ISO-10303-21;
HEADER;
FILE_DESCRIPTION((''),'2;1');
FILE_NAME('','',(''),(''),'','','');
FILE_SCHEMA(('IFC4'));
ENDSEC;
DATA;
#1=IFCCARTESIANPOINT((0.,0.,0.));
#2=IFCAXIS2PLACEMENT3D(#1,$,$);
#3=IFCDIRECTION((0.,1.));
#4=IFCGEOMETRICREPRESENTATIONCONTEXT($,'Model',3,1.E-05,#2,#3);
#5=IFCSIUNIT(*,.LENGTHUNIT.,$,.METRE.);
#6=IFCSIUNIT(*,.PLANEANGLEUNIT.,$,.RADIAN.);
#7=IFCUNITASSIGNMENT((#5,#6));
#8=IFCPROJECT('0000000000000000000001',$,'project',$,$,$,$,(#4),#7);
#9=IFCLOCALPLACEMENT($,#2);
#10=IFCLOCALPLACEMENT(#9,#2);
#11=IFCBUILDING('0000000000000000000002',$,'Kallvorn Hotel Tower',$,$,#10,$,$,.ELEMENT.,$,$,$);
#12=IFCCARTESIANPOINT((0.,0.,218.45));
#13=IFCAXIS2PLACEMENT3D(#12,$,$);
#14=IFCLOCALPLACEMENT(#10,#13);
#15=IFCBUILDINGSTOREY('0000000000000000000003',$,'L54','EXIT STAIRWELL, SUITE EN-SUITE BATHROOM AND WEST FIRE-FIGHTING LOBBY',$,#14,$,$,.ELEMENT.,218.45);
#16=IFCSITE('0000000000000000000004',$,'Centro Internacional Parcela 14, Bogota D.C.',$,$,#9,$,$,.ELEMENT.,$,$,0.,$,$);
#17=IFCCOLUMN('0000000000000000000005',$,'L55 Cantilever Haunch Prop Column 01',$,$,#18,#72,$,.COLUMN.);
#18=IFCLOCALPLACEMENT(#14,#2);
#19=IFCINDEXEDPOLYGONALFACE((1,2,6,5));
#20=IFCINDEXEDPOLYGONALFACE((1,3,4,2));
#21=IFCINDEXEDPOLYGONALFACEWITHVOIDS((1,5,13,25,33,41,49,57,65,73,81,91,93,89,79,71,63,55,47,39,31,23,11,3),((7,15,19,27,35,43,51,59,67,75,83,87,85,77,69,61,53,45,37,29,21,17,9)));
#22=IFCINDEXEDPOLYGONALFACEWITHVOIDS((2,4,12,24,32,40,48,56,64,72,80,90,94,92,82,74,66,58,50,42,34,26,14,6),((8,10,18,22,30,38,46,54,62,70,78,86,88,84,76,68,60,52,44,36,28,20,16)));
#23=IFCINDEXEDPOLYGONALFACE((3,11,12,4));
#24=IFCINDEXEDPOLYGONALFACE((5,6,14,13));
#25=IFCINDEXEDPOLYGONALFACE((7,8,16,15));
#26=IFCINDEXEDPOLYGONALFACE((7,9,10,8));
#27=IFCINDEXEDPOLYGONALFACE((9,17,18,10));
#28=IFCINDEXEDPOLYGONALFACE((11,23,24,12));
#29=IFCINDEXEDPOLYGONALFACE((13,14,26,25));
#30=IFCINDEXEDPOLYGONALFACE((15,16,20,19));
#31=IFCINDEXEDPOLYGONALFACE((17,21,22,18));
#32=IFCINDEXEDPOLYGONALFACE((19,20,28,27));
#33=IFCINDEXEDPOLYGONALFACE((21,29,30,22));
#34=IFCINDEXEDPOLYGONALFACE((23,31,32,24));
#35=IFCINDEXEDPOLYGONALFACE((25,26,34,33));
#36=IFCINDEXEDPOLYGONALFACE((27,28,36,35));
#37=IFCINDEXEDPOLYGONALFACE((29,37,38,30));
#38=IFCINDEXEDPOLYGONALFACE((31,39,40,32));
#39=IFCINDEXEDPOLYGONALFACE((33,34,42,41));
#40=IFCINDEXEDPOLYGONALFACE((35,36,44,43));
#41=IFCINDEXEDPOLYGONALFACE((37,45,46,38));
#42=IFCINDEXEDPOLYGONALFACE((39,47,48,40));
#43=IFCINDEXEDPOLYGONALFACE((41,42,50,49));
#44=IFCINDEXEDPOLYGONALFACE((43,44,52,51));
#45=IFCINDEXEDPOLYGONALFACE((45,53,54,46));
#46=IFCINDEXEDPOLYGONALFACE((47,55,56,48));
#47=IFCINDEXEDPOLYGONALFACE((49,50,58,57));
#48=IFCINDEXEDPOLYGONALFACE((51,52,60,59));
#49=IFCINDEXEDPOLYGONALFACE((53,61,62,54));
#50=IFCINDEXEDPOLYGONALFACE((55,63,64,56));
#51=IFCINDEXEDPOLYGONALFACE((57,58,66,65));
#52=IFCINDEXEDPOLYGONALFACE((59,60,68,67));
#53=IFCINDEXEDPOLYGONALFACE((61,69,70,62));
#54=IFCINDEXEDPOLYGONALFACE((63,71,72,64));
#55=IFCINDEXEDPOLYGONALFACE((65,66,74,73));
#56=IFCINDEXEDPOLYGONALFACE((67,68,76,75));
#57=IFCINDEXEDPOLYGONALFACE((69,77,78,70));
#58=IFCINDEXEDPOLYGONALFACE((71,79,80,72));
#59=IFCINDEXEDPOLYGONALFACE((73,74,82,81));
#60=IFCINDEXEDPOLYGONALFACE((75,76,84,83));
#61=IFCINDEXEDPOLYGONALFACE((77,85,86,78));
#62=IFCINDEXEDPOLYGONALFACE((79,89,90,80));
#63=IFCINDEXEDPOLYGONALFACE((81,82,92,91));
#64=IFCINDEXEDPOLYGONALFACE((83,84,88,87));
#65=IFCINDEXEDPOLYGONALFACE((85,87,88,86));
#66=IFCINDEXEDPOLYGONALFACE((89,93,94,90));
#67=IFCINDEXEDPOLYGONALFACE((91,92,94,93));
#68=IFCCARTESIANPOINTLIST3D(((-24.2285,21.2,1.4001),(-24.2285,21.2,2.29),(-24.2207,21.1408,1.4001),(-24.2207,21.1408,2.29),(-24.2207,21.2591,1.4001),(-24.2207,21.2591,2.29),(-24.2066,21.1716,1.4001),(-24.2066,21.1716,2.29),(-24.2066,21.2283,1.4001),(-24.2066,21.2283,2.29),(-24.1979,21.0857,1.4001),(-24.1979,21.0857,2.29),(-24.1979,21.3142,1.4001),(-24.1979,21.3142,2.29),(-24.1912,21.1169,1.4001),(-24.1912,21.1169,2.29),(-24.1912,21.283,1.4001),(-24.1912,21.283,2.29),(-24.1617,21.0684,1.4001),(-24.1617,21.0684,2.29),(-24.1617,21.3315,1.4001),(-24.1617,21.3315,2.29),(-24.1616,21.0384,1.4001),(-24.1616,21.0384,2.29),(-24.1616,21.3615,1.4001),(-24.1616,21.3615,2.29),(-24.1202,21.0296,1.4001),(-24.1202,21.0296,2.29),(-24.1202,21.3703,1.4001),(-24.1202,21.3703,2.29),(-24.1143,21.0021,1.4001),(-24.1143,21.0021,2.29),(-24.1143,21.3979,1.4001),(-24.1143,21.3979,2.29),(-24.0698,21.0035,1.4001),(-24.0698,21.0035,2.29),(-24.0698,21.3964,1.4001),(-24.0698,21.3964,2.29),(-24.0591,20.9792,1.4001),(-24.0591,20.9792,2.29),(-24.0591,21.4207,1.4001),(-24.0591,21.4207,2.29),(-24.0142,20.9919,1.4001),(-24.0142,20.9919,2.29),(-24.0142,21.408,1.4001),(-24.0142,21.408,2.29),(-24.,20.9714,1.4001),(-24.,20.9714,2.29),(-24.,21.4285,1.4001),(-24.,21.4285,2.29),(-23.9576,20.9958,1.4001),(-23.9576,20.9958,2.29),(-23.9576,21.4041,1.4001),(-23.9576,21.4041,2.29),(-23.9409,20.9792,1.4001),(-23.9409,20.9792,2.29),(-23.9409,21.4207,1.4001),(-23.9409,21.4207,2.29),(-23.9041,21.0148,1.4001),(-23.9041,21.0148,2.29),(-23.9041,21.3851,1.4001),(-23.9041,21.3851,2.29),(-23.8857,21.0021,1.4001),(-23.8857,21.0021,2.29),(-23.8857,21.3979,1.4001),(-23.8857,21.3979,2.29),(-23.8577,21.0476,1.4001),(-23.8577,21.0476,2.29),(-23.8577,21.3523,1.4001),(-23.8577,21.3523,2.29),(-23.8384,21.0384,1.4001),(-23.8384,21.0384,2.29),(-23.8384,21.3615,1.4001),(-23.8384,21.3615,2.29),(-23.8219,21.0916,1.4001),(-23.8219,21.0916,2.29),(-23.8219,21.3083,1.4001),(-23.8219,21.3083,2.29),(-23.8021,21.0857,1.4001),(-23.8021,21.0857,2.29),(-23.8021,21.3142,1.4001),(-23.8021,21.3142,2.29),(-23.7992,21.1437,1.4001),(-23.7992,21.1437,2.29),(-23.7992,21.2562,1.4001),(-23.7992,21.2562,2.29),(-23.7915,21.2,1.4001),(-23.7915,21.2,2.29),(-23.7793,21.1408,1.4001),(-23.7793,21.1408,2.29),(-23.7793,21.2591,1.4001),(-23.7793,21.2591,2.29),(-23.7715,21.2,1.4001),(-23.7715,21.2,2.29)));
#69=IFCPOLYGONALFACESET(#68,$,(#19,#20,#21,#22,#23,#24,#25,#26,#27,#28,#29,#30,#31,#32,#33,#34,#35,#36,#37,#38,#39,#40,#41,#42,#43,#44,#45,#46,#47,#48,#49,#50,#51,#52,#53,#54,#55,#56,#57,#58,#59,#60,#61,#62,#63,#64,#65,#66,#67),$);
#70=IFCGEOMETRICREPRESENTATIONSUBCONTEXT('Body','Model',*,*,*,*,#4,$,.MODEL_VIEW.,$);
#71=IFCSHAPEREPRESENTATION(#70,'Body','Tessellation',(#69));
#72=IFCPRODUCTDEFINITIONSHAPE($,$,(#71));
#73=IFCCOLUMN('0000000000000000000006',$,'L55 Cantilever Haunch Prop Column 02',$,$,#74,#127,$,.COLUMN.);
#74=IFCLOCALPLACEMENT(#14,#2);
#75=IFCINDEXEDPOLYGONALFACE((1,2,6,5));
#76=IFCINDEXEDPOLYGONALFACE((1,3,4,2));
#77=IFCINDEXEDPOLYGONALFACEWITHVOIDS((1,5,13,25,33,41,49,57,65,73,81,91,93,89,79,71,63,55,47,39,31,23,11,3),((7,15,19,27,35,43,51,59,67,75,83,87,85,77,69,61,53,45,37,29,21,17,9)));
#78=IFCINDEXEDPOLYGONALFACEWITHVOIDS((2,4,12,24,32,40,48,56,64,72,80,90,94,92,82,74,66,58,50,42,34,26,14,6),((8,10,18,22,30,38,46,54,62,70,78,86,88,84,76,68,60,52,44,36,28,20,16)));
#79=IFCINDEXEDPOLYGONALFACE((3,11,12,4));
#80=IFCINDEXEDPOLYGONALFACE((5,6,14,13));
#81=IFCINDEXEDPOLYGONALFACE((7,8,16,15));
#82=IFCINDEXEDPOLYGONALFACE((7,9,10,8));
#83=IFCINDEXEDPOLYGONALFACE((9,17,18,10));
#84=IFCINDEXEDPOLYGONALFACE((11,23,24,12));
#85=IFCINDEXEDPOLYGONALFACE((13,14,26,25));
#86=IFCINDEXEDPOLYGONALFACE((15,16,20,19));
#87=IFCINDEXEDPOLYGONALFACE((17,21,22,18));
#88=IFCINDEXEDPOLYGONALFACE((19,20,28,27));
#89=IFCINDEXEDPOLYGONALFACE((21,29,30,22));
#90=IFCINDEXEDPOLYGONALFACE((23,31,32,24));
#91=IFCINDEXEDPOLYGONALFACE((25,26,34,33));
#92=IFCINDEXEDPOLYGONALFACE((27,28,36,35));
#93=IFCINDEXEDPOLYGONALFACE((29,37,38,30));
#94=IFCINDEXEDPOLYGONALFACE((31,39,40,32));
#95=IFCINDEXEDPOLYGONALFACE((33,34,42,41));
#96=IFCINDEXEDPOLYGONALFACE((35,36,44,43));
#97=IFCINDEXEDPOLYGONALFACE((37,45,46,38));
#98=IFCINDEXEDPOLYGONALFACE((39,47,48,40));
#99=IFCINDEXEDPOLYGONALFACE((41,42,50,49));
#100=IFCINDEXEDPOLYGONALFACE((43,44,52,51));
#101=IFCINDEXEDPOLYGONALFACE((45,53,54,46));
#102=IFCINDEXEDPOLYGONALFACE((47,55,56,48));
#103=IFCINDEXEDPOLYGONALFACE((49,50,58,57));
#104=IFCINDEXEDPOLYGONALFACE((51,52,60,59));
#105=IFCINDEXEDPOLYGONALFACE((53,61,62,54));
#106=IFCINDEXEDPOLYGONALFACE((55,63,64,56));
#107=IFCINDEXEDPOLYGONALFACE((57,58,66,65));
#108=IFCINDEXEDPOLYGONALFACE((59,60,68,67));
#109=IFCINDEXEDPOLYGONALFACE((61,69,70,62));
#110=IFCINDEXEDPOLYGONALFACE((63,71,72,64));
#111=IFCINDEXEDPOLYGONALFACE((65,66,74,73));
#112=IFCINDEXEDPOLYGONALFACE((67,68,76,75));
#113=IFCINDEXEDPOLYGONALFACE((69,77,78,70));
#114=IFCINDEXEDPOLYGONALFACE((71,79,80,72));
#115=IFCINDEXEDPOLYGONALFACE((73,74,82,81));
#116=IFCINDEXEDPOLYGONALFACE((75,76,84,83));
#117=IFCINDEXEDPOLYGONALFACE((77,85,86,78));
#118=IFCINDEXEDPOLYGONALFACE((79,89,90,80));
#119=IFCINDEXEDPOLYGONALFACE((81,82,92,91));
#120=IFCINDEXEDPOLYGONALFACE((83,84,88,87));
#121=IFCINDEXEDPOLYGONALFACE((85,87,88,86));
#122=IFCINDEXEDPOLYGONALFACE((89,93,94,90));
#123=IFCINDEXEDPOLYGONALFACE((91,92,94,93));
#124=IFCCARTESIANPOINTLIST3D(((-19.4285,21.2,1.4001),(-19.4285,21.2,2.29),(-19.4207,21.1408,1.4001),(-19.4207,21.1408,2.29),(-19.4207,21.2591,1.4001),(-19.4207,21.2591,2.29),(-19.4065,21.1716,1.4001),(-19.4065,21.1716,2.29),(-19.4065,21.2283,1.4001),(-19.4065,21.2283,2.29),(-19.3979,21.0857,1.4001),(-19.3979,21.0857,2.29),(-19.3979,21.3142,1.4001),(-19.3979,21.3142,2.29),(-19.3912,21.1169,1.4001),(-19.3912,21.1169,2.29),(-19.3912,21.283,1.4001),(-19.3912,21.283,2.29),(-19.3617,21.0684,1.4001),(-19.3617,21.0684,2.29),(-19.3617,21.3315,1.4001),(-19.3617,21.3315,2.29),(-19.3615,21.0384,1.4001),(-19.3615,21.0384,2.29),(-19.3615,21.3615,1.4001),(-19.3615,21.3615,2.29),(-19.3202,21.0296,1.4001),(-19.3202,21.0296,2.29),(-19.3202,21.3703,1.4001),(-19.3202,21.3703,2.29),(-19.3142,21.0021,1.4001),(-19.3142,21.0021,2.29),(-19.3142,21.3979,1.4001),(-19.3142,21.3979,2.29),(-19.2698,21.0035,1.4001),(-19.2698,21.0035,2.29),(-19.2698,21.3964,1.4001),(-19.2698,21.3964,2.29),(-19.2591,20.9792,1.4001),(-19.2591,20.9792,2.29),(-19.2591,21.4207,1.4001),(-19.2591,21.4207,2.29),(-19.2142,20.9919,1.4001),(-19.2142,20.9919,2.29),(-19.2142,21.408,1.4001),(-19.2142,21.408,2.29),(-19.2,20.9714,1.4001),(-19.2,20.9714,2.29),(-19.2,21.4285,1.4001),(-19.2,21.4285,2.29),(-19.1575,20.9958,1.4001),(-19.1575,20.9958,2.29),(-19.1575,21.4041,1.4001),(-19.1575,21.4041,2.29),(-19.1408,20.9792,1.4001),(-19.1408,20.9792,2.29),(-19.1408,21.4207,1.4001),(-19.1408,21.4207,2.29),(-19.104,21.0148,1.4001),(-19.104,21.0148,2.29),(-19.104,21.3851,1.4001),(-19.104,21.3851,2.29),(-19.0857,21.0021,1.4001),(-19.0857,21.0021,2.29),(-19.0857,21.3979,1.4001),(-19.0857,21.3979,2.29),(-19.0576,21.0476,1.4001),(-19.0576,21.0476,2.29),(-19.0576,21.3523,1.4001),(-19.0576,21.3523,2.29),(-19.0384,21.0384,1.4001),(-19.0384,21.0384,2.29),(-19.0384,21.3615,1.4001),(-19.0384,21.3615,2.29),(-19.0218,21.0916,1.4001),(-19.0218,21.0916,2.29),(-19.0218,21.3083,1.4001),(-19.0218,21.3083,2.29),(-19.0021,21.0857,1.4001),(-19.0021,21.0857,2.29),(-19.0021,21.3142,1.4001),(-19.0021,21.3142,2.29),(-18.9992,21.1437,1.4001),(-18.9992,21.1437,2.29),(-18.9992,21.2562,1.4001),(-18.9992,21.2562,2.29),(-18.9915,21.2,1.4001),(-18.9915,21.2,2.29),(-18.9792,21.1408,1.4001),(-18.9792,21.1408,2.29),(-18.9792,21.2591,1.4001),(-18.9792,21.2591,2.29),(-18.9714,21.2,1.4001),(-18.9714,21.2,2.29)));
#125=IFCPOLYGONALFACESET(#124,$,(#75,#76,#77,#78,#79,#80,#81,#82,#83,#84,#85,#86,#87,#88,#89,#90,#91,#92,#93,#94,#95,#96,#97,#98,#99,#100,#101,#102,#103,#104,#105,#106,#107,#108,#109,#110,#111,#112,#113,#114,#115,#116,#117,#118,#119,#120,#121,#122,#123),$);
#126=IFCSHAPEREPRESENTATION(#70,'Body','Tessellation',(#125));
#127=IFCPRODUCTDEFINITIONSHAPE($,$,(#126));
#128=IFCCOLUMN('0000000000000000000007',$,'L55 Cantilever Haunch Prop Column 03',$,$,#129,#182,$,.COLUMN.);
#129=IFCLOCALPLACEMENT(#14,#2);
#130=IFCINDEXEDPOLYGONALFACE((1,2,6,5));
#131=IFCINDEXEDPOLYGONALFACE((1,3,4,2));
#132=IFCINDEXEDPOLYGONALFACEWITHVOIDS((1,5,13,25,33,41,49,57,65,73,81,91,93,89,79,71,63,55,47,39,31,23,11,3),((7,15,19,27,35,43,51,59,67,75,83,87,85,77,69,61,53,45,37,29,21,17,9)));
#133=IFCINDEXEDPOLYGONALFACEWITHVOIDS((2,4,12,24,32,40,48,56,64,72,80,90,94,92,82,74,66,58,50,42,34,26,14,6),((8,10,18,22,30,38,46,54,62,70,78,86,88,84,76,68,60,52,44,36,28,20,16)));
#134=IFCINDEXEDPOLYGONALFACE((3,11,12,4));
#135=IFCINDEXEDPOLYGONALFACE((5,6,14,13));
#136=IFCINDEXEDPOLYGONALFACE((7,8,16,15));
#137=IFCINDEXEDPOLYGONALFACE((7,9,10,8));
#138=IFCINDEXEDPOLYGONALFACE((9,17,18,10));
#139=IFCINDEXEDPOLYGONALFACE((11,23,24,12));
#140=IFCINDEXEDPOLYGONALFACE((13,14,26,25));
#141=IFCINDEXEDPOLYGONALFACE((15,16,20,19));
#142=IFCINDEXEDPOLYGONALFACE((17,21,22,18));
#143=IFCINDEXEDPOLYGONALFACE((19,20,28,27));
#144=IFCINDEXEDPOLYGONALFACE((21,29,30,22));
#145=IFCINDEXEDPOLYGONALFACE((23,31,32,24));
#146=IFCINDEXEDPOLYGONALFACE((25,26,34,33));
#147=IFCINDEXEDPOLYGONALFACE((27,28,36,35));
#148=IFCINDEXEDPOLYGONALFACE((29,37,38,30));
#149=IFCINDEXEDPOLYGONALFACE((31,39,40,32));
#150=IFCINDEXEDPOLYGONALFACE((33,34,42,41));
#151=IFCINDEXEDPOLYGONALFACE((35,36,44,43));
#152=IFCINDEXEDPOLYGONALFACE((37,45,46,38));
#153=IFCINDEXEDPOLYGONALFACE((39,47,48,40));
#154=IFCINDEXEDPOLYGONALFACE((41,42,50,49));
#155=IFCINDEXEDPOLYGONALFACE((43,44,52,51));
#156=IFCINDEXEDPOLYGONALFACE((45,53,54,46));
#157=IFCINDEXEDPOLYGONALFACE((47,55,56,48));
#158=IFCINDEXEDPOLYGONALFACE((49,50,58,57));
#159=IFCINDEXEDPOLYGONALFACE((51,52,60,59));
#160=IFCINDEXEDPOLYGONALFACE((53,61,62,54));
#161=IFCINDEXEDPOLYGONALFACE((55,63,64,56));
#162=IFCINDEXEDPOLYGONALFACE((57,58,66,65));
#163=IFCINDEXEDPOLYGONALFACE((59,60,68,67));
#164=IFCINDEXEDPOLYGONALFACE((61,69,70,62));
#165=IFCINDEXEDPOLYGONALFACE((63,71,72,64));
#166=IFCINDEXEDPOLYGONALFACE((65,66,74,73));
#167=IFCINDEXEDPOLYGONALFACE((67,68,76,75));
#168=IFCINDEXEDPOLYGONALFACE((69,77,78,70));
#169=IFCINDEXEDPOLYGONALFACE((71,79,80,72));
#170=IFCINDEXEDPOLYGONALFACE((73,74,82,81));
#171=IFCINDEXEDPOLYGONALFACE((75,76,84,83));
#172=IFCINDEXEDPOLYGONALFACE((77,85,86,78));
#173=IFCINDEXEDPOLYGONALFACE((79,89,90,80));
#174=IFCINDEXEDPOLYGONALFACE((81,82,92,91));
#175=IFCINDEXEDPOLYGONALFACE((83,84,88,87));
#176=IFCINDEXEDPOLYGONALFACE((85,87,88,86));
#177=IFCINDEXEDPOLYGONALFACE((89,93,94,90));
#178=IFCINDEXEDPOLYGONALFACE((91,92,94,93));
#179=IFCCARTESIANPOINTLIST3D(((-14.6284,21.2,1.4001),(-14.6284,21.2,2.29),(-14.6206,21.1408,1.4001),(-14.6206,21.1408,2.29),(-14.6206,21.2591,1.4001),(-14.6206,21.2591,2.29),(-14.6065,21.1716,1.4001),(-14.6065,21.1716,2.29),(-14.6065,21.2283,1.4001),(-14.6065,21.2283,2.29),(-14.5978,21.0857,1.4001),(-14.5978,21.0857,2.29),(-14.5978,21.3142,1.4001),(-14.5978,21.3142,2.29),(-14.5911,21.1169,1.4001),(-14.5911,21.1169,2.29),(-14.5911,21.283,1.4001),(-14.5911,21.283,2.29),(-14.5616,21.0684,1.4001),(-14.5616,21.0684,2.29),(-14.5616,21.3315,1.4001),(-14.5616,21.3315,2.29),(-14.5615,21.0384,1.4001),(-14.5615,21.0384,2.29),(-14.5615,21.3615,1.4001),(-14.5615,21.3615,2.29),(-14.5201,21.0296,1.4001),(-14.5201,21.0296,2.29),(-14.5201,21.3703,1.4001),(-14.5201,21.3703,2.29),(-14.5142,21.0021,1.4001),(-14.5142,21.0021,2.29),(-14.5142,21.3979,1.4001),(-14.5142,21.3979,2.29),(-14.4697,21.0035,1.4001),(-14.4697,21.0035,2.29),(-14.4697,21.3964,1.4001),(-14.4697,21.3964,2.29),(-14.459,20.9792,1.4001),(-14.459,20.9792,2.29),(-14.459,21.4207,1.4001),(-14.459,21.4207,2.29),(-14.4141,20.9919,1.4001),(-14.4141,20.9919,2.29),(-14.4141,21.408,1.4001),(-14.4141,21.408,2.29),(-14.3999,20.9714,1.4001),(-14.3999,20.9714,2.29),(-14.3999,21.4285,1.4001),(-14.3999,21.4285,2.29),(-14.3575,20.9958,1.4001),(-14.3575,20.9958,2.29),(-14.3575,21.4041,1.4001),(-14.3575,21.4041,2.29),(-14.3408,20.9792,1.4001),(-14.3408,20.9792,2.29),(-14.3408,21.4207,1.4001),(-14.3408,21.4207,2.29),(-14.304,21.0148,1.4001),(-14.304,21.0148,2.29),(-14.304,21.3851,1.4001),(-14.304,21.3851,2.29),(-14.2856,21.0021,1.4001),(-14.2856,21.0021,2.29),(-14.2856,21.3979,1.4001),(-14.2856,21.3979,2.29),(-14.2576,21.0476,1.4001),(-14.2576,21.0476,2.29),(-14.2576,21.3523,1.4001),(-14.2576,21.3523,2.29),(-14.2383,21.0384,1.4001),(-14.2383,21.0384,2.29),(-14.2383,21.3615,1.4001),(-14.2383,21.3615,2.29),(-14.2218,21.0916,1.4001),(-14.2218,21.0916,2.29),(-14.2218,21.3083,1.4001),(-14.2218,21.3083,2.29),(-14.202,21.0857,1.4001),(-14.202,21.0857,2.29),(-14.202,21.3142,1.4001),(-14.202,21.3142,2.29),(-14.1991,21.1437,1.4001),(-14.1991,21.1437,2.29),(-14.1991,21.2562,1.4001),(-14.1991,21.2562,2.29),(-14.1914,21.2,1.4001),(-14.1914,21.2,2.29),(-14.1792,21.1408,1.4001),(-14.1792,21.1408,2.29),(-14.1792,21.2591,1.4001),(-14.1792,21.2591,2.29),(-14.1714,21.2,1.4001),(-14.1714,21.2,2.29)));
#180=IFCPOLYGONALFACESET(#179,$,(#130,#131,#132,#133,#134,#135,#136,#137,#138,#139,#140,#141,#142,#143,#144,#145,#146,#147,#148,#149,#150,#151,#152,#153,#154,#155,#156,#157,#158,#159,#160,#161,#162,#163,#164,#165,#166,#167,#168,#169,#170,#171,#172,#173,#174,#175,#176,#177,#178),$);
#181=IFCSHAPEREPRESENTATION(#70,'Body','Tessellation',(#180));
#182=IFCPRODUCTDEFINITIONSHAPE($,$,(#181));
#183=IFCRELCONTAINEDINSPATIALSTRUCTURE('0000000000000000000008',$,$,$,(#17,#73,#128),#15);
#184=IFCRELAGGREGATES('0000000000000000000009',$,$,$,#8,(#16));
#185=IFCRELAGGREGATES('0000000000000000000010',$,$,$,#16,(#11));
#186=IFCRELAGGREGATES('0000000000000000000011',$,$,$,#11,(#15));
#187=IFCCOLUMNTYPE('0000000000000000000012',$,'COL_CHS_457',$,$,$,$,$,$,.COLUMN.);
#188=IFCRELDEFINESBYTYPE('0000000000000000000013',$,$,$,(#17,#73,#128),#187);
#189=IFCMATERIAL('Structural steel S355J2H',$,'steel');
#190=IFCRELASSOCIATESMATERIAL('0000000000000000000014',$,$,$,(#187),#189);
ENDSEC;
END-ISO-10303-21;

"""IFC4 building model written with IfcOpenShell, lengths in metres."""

from ifc_helpers import new_model, si_unit, direction, frame, origin, origin_2d, place, context, subcontext, project, spatial, hollow_circle, extrude, material, material_profile, profile_set, type_object, element, save


model = new_model("IFC4")

# Units and contexts
model_context = context("Model", 3, precision=1e-05, world=origin(), true_north=direction((0.0, 1.0)))
body_context = subcontext(model_context, "Body", "Model", "MODEL_VIEW")
ifc_project = project(units=[si_unit("LENGTHUNIT", "METRE"), si_unit("PLANEANGLEUNIT", "RADIAN")], contexts=[model_context])

# Site, building, storey
site_placement = place(None, origin())
site = spatial("IfcSite", under=ifc_project, at=site_placement, Name="Centro Internacional Parcela 14, Bogota D.C.", CompositionType="ELEMENT", RefElevation=0.0)
building_placement = place(site_placement, origin())
building = spatial("IfcBuilding", under=site, at=building_placement, Name="Kallvorn Hotel Tower", CompositionType="ELEMENT")
storey_placement = place(building_placement, frame((0.0, 0.0, 218.45)))
storey = spatial("IfcBuildingStorey", under=building, at=storey_placement, Name="L54", Description="EXIT STAIRWELL, SUITE EN-SUITE BATHROOM AND WEST FIRE-FIGHTING LOBBY", CompositionType="ELEMENT", Elevation=218.45)

# Columns
ifc_material_1 = material(Name="Structural steel S355J2H", Category="steel")
ifc_material_profile_1 = material_profile(ifc_material_1, hollow_circle(Radius=0.2285, WallThickness=0.02, at=origin_2d()), Name="CHS 457x20")
ifc_profile_set_1 = profile_set([ifc_material_profile_1], Name="Structural steel S355J2H")
column_type_1 = type_object("IfcColumnType", Name="COL_CHS_457", PredefinedType="COLUMN", material=ifc_profile_set_1)
for number, where, z_axis, x_axis, name in (
    (1, (-24.0, 21.2, 1.4001), (0.0, 0.0, 1.0), (1.0, 0.0, 0.0), "L55 Cantilever Haunch Prop Column 01"),
    (2, (-19.2, 21.2, 1.4001), (0.0, 0.0, 1.0), (1.0, 0.0, 0.0), "L55 Cantilever Haunch Prop Column 02"),
    (3, (-14.3999, 21.2, 1.4001), (0.0, 0.0, 1.0), (1.0, 0.0, 0.0), "L55 Cantilever Haunch Prop Column 03"),
):
    element("IfcColumn", number, at=place(storey_placement, frame(where, z_axis=z_axis, x_axis=x_axis)), inside=storey, type_object=column_type_1, Name=name, PredefinedType="COLUMN", context=body_context, shape_type="SweptSolid", body=[
        extrude(hollow_circle(Radius=0.2285, WallThickness=0.02, at=origin_2d()), origin(), (0.0, 0.0, 1.0), 0.8899),
    ])

save(model, "model.ifc")
